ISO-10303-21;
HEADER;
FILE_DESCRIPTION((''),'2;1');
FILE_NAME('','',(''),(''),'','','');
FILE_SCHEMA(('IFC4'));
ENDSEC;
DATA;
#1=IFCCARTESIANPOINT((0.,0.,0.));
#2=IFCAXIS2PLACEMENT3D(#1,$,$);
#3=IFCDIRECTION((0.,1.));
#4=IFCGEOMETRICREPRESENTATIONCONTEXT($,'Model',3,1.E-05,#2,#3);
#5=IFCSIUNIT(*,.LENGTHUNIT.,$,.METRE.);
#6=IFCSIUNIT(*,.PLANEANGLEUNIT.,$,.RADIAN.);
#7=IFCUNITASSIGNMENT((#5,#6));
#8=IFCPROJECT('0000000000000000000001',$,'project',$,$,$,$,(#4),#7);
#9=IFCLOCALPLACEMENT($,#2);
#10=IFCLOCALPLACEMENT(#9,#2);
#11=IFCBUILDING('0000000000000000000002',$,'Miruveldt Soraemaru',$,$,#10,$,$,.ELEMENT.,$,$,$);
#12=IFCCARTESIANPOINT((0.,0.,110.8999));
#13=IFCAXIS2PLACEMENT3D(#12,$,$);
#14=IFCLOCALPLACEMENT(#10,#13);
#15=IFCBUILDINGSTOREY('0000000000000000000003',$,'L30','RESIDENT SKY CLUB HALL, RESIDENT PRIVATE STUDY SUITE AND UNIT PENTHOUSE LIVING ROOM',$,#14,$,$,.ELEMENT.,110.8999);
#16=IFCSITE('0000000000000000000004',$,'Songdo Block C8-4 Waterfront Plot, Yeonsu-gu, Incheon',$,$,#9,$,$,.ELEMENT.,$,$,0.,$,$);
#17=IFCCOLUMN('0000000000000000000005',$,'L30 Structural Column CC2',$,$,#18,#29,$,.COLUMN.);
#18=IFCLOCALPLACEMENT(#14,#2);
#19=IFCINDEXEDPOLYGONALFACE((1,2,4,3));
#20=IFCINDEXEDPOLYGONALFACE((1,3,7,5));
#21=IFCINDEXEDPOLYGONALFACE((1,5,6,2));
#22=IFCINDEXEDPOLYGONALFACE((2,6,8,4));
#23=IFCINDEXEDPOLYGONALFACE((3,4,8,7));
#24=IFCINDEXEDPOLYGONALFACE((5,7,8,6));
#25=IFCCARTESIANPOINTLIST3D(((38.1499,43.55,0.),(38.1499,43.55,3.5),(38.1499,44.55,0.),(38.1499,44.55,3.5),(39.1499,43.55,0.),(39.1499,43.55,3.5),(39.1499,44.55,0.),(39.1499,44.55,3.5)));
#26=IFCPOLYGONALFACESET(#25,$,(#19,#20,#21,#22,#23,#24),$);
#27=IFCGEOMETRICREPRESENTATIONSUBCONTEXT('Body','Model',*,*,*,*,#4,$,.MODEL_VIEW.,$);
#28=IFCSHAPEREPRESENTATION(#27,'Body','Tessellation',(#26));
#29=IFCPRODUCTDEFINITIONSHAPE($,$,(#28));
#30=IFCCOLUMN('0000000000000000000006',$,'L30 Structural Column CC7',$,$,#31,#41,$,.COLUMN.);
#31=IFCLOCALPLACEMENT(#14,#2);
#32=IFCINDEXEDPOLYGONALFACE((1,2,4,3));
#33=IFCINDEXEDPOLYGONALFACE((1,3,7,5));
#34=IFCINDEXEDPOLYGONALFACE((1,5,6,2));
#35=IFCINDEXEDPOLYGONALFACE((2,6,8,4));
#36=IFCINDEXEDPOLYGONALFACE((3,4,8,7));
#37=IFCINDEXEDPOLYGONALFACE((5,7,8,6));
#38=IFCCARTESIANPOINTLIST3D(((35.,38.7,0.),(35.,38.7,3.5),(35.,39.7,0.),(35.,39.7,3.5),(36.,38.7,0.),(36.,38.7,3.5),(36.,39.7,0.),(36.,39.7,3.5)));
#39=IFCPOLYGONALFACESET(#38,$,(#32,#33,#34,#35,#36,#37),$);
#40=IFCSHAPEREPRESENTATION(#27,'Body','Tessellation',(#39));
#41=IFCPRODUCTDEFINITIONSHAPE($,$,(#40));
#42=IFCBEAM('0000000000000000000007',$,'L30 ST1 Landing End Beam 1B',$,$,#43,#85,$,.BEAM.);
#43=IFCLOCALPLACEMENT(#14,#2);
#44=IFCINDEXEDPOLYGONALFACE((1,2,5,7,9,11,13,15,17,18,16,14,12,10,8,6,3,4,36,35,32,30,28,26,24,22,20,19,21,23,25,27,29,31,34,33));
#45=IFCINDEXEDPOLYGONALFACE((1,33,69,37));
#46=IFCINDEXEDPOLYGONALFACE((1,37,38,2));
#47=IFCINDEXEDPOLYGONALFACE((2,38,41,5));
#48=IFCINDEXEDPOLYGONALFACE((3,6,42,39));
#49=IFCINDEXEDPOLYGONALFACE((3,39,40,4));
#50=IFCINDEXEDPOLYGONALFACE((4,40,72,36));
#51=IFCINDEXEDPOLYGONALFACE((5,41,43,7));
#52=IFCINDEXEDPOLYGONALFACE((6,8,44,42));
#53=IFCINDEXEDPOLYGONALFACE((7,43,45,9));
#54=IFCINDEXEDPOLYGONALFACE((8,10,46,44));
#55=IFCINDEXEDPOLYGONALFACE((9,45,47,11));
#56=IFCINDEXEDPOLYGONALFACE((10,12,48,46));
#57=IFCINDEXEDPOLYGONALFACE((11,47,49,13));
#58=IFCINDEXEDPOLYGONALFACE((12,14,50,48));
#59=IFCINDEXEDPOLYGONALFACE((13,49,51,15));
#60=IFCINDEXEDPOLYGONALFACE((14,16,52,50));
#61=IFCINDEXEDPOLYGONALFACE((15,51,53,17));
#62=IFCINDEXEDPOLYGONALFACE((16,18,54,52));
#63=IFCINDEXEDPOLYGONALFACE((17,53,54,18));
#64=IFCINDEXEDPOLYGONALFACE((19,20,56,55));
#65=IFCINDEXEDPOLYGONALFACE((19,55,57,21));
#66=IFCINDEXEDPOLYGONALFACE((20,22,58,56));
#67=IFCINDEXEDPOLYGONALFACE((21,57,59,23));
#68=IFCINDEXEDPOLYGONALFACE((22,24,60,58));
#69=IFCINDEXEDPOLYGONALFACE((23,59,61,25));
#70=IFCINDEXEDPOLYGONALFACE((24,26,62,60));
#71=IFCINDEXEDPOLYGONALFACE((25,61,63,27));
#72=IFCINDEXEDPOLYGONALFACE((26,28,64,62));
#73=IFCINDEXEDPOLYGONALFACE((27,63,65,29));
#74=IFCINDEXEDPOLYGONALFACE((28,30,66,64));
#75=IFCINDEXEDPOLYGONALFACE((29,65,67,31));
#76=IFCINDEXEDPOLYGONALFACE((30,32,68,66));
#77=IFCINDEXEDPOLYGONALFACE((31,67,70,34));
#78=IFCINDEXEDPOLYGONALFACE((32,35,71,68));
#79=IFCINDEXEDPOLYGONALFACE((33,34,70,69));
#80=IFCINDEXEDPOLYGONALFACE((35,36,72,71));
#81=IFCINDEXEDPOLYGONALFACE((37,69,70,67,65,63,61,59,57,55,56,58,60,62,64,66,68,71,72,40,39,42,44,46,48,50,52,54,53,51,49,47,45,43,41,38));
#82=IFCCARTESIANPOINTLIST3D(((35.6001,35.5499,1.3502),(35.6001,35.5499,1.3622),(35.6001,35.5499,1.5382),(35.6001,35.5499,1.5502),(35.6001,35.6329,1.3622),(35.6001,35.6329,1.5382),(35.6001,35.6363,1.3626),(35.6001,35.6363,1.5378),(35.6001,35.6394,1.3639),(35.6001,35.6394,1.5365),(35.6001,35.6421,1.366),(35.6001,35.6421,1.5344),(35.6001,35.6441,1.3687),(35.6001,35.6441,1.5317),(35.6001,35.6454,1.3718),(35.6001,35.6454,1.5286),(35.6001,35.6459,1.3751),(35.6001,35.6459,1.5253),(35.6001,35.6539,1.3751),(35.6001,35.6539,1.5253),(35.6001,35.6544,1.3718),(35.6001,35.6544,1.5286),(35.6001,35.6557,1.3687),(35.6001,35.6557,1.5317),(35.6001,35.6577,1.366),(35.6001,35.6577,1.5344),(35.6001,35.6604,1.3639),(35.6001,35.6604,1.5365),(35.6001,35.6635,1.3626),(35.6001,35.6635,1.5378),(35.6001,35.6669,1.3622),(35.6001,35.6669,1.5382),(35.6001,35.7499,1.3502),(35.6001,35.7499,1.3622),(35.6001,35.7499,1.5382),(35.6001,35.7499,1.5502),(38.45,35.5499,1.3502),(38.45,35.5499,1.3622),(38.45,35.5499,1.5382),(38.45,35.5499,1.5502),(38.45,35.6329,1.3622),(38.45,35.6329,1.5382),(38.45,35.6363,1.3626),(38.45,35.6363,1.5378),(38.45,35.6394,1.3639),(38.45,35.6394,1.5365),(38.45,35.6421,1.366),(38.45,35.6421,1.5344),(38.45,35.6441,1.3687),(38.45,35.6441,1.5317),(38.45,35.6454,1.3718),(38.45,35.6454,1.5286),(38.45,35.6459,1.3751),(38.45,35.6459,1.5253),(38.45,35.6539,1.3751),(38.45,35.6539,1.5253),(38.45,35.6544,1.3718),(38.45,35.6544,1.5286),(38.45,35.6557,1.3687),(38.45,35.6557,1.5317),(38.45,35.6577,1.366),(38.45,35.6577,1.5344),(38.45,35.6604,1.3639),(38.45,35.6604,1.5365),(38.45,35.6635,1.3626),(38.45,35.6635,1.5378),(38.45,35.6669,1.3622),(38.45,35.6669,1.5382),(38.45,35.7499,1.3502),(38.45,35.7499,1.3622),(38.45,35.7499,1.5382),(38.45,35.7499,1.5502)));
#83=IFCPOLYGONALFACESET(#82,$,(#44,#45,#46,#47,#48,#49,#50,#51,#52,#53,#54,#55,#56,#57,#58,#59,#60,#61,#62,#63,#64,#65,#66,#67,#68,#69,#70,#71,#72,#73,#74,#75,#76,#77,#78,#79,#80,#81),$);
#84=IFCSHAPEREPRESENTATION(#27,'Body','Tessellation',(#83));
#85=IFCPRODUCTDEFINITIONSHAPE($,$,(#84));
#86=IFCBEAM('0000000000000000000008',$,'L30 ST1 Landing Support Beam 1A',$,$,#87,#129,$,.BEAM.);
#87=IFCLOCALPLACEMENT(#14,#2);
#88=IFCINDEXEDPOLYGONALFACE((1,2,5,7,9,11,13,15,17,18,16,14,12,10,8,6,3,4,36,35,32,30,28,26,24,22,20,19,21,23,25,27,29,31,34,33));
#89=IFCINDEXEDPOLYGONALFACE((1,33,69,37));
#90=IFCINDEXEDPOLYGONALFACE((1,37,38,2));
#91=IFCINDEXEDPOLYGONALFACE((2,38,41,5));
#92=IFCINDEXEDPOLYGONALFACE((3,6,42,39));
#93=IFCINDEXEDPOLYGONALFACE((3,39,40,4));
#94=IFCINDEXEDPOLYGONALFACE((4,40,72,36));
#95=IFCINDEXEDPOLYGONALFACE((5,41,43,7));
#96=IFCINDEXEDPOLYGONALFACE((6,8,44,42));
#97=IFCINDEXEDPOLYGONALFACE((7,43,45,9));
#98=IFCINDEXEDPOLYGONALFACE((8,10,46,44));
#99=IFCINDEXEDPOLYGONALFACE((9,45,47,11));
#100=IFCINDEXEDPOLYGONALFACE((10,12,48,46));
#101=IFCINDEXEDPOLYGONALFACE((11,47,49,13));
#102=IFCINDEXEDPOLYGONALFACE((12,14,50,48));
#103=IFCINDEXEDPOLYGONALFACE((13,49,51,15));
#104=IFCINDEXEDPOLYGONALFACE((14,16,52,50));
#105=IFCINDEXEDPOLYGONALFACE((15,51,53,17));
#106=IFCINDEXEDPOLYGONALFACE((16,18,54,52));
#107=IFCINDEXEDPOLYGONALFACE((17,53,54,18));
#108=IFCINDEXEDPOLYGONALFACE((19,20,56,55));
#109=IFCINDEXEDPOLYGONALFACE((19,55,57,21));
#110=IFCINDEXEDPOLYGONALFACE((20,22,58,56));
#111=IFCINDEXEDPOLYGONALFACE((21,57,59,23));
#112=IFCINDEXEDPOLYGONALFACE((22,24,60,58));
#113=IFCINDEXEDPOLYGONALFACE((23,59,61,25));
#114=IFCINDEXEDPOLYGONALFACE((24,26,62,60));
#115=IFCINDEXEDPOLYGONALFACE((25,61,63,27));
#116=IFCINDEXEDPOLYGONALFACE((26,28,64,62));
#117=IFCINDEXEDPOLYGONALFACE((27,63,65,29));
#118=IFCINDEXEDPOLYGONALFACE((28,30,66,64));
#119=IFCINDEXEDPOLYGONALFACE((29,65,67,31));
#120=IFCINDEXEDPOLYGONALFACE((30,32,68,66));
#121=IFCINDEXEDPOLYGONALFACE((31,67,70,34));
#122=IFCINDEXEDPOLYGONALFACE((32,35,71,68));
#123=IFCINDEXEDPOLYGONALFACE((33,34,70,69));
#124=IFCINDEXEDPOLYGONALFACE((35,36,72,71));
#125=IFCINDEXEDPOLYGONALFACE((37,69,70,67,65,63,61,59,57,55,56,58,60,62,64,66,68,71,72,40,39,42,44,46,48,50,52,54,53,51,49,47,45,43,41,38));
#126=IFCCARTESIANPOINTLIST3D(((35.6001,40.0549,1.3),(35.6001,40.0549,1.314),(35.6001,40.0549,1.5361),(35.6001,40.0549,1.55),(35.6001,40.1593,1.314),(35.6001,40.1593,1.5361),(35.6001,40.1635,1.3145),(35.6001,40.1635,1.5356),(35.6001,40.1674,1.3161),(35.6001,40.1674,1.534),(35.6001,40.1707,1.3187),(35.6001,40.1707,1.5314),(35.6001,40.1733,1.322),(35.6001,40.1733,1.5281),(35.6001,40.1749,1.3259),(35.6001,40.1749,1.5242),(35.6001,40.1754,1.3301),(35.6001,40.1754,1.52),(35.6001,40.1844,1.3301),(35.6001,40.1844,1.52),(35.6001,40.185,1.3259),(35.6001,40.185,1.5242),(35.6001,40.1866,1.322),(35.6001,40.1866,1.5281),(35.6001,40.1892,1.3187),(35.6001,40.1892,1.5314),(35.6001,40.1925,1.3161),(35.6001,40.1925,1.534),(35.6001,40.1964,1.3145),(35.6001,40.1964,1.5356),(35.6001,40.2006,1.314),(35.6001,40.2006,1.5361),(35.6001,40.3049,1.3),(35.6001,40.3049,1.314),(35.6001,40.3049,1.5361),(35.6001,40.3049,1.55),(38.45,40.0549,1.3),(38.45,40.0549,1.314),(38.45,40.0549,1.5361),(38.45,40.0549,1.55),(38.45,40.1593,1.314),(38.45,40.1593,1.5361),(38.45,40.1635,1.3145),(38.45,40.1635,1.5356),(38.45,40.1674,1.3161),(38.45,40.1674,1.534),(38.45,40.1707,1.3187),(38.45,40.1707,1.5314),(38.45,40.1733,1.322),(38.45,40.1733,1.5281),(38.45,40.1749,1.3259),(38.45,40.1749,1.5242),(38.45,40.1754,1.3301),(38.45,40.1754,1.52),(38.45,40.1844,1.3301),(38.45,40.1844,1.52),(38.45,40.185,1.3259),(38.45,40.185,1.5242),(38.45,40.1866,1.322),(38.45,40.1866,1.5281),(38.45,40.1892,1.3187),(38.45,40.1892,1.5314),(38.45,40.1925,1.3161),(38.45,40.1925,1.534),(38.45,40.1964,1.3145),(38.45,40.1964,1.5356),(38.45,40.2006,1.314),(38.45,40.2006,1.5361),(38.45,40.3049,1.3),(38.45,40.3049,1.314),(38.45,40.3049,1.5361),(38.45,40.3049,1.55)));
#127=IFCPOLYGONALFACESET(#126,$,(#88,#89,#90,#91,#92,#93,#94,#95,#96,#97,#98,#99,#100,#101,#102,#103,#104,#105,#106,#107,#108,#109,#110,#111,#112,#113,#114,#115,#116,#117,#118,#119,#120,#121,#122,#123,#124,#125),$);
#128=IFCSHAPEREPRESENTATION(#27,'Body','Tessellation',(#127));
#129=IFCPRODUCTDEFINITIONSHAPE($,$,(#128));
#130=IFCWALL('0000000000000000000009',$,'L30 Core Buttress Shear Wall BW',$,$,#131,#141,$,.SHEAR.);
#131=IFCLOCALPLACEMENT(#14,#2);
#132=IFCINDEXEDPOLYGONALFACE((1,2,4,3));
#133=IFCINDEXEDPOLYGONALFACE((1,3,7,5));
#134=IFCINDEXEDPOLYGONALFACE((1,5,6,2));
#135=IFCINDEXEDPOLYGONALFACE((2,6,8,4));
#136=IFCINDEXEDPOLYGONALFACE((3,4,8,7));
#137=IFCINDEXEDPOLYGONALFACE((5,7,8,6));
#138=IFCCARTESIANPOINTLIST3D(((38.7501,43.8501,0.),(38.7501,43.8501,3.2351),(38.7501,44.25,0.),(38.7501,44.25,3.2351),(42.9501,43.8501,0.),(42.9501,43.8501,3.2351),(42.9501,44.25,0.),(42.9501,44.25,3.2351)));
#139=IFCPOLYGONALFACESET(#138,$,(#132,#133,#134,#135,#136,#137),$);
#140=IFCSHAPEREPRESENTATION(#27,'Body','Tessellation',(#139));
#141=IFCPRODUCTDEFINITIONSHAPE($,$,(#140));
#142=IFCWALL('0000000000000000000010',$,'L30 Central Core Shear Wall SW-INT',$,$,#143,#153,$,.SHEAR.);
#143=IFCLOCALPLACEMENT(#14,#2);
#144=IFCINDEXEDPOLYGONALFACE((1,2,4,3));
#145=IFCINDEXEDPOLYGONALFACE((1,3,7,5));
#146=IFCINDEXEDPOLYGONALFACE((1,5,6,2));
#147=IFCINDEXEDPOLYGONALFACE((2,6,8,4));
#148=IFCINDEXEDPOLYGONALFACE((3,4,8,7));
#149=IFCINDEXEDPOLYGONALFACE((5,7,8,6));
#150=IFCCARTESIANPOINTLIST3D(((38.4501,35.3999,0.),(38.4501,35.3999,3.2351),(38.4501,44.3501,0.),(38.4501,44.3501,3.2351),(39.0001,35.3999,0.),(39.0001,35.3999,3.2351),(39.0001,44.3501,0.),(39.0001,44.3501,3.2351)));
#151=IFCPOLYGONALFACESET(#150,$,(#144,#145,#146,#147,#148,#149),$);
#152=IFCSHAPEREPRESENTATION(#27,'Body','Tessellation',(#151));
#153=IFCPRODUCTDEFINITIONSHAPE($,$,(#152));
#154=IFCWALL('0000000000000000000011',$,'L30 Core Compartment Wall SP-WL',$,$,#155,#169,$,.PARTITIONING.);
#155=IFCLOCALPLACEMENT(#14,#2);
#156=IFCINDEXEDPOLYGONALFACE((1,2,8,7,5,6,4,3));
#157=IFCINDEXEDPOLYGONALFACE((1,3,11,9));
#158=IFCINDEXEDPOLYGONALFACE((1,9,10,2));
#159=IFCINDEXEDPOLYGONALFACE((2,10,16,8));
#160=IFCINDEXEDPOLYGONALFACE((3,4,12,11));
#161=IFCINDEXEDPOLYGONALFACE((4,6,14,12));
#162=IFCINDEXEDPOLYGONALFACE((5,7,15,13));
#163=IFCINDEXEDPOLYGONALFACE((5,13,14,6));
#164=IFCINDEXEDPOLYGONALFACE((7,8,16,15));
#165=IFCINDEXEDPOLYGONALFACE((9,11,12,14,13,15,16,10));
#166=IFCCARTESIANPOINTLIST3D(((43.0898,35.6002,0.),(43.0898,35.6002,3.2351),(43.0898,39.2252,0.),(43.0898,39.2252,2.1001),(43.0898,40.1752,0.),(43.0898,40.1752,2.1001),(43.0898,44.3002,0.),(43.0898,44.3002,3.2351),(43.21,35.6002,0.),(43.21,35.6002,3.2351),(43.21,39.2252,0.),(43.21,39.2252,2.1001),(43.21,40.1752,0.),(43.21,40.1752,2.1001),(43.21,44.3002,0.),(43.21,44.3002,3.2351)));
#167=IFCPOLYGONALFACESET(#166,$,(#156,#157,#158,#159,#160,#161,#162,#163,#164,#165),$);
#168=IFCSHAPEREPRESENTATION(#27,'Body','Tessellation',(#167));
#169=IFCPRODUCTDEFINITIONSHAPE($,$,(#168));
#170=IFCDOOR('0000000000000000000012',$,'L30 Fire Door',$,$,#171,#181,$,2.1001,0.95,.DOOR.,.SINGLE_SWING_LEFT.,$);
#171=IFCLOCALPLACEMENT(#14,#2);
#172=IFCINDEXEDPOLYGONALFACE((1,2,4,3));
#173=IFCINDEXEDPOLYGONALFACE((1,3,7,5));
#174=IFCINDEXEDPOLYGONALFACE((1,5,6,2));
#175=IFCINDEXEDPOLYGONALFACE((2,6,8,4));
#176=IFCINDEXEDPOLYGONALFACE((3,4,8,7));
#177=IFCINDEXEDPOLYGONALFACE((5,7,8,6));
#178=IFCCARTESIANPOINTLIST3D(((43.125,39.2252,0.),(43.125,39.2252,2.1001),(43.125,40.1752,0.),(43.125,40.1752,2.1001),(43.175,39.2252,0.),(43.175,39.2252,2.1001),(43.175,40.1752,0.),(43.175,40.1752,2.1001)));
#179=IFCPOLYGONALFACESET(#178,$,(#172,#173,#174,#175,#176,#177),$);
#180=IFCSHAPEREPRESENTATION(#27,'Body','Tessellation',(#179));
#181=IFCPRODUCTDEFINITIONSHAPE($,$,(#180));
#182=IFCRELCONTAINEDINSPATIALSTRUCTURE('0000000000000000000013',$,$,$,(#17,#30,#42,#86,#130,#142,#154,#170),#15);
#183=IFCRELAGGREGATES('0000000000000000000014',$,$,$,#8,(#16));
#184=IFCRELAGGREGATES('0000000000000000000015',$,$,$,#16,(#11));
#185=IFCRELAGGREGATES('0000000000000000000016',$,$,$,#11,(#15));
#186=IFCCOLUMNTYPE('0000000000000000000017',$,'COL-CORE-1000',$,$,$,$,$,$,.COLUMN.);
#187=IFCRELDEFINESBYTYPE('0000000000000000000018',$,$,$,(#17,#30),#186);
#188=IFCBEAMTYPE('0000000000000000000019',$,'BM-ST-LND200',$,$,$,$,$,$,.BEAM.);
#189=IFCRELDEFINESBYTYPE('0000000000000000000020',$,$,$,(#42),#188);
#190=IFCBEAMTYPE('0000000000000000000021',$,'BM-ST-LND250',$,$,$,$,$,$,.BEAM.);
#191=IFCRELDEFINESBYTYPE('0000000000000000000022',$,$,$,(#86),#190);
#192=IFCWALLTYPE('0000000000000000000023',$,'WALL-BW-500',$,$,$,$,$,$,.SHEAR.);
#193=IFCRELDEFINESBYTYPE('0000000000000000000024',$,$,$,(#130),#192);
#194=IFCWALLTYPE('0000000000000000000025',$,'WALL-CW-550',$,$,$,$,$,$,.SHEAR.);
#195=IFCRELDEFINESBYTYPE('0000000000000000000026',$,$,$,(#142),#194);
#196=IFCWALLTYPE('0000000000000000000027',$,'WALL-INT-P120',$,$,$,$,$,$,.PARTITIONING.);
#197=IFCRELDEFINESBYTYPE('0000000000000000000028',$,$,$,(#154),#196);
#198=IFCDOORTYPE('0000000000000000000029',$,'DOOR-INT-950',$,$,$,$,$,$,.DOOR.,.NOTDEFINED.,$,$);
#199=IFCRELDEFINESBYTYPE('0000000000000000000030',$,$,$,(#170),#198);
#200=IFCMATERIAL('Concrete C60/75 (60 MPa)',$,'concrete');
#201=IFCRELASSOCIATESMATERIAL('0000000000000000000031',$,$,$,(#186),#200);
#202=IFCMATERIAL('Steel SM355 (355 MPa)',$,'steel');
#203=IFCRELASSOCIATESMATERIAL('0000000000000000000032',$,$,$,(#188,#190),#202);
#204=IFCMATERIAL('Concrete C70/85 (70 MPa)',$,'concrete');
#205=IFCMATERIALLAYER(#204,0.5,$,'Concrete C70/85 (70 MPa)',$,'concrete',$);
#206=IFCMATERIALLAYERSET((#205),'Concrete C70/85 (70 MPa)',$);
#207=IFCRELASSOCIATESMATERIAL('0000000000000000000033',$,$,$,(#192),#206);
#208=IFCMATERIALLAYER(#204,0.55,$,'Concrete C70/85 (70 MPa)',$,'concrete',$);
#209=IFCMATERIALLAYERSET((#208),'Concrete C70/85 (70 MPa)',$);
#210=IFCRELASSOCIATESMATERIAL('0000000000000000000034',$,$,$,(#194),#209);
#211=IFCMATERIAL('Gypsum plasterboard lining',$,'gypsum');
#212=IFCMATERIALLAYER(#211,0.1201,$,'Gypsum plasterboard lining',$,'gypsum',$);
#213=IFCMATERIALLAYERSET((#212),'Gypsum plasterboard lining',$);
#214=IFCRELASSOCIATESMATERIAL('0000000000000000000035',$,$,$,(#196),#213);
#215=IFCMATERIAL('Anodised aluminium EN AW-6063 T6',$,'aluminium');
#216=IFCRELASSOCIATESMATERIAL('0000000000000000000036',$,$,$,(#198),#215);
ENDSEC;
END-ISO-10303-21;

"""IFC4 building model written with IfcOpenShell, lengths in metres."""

from ifc_helpers import new_model, si_unit, direction, frame, frame_2d, origin, origin_2d, place, context, subcontext, project, spatial, rectangle, i_section, extrude, material, layer, layer_set, material_profile, profile_set, type_object, element, fill, save


model = new_model("IFC4")

# Units and contexts
model_context = context("Model", 3, precision=1e-05, world=origin(), true_north=direction((0.0, 1.0)))
body_context = subcontext(model_context, "Body", "Model", "MODEL_VIEW")
ifc_project = project(units=[si_unit("LENGTHUNIT", "METRE"), si_unit("PLANEANGLEUNIT", "RADIAN")], contexts=[model_context])

# Site, building, storey
site_placement = place(None, origin())
site = spatial("IfcSite", under=ifc_project, at=site_placement, Name="Songdo Block C8-4 Waterfront Plot, Yeonsu-gu, Incheon", CompositionType="ELEMENT", RefElevation=0.0)
building_placement = place(site_placement, origin())
building = spatial("IfcBuilding", under=site, at=building_placement, Name="Miruveldt Soraemaru", CompositionType="ELEMENT")
storey_placement = place(building_placement, frame((0.0, 0.0, 110.8999)))
storey = spatial("IfcBuildingStorey", under=building, at=storey_placement, Name="L30", Description="RESIDENT SKY CLUB HALL, RESIDENT PRIVATE STUDY SUITE AND UNIT PENTHOUSE LIVING ROOM", CompositionType="ELEMENT", Elevation=110.8999)

# Columns
ifc_material_1 = material(Name="Concrete C60/75 (60 MPa)", Category="concrete")
ifc_material_profile_1 = material_profile(ifc_material_1, rectangle(XDim=1.0, YDim=1.0, at=origin_2d()), Name="Concrete C60/75 (60 MPa)", Category="concrete")
ifc_profile_set_1 = profile_set([ifc_material_profile_1], Name="Concrete C60/75 (60 MPa)")
column_type = type_object("IfcColumnType", Name="COL-CORE-1000", PredefinedType="COLUMN", material=ifc_profile_set_1)
for number, where, z_axis, x_axis, name in (
    (1, (38.6499, 44.05, 0.0), (0.0, 0.0, 1.0), (1.0, 0.0, 0.0), "L30 Structural Column CC2"),
    (2, (35.5, 39.2, 0.0), (0.0, 0.0, 1.0), (1.0, 0.0, 0.0), "L30 Structural Column CC7"),
):
    element("IfcColumn", number, at=place(storey_placement, frame(where, z_axis=z_axis, x_axis=x_axis)), inside=storey, type_object=column_type, Name=name, PredefinedType="COLUMN", context=body_context, shape_type="SweptSolid", body=[
        extrude(rectangle(XDim=1.0, YDim=1.0, at=origin_2d()), origin(), (0.0, 0.0, 1.0), 3.5),
    ])

# Beams
ifc_material_2 = material(Name="Steel SM355 (355 MPa)", Category="steel")
ifc_material_profile_2 = material_profile(ifc_material_2, i_section(OverallWidth=0.2, OverallDepth=0.2, WebThickness=0.0081, FlangeThickness=0.012, FilletRadius=0.0129, at=origin_2d()), Name="Steel SM355 (355 MPa)", Category="steel")
ifc_profile_set_2 = profile_set([ifc_material_profile_2], Name="Steel SM355 (355 MPa)")
beam_type_1 = type_object("IfcBeamType", Name="BM-ST-LND200", PredefinedType="BEAM", material=ifc_profile_set_2)
beam_1_placement = place(storey_placement, frame((35.6001, 35.6499, 1.4502), z_axis=(1.0, 0.0, 0.0), x_axis=(0.0, 1.0, 0.0)))
element("IfcBeam", 3, at=beam_1_placement, inside=storey, type_object=beam_type_1, Name="L30 ST1 Landing End Beam 1B", PredefinedType="BEAM", context=body_context, shape_type="SweptSolid", body=[
    extrude(i_section(OverallWidth=0.2, OverallDepth=0.2, WebThickness=0.0081, FlangeThickness=0.012, FilletRadius=0.0129, at=origin_2d()), origin(), (0.0, 0.0, 1.0), 2.8499),
])
ifc_material_profile_3 = material_profile(ifc_material_2, i_section(OverallWidth=0.25, OverallDepth=0.25, WebThickness=0.009, FlangeThickness=0.0139, FilletRadius=0.0161, at=origin_2d()), Name="Steel SM355 (355 MPa)", Category="steel")
ifc_profile_set_3 = profile_set([ifc_material_profile_3], Name="Steel SM355 (355 MPa)")
beam_type_2 = type_object("IfcBeamType", Name="BM-ST-LND250", PredefinedType="BEAM", material=ifc_profile_set_3)
beam_2_placement = place(storey_placement, frame((35.6001, 40.1799, 1.425), z_axis=(1.0, 0.0, 0.0), x_axis=(0.0, 1.0, 0.0)))
element("IfcBeam", 4, at=beam_2_placement, inside=storey, type_object=beam_type_2, Name="L30 ST1 Landing Support Beam 1A", PredefinedType="BEAM", context=body_context, shape_type="SweptSolid", body=[
    extrude(i_section(OverallWidth=0.25, OverallDepth=0.25, WebThickness=0.009, FlangeThickness=0.0139, FilletRadius=0.0161, at=origin_2d()), origin(), (0.0, 0.0, 1.0), 2.8499),
])

# Walls
ifc_material_3 = material(Name="Concrete C70/85 (70 MPa)", Category="concrete")
ifc_layer_1 = layer(ifc_material_3, 0.5, Name="Concrete C70/85 (70 MPa)", Category="concrete")
ifc_layer_set_1 = layer_set([ifc_layer_1], Name="Concrete C70/85 (70 MPa)")
wall_type_1 = type_object("IfcWallType", Name="WALL-BW-500", PredefinedType="SHEAR", material=ifc_layer_set_1)
wall_1_placement = place(storey_placement, frame((38.75, 44.05, 0.0), z_axis=(0.0, 0.0, 1.0), x_axis=(1.0, 0.0, 0.0)))
element("IfcWall", 5, at=wall_1_placement, inside=storey, type_object=wall_type_1, Name="L30 Core Buttress Shear Wall BW", PredefinedType="SHEAR", context=body_context, shape_type="SweptSolid", body=[
    extrude(rectangle(XDim=4.2, YDim=0.3999, at=frame_2d((2.1001, 0.0))), origin(), (0.0, 0.0, 1.0), 3.2351),
])
ifc_layer_2 = layer(ifc_material_3, 0.55, Name="Concrete C70/85 (70 MPa)", Category="concrete")
ifc_layer_set_2 = layer_set([ifc_layer_2], Name="Concrete C70/85 (70 MPa)")
wall_type_2 = type_object("IfcWallType", Name="WALL-CW-550", PredefinedType="SHEAR", material=ifc_layer_set_2)
wall_2_placement = place(storey_placement, frame((38.7251, 35.3999, 0.0), z_axis=(0.0, 0.0, 1.0), x_axis=(0.0, 1.0, 0.0)))
element("IfcWall", 6, at=wall_2_placement, inside=storey, type_object=wall_type_2, Name="L30 Central Core Shear Wall SW-INT", PredefinedType="SHEAR", context=body_context, shape_type="SweptSolid", body=[
    extrude(rectangle(XDim=8.9502, YDim=0.55, at=frame_2d((4.4751, 0.0))), origin(), (0.0, 0.0, 1.0), 3.2351),
])

# Wall, opening, door
ifc_material_4 = material(Name="Gypsum plasterboard lining", Category="gypsum")
ifc_layer_3 = layer(ifc_material_4, 0.1201, Name="Gypsum plasterboard lining", Category="gypsum")
ifc_layer_set_3 = layer_set([ifc_layer_3], Name="Gypsum plasterboard lining")
wall_type_3 = type_object("IfcWallType", Name="WALL-INT-P120", PredefinedType="PARTITIONING", material=ifc_layer_set_3)
wall_3_placement = place(storey_placement, frame((43.1499, 35.6001, 0.0), z_axis=(0.0, 0.0, 1.0), x_axis=(0.0, 1.0, 0.0)))
wall_3 = element("IfcWall", 7, at=wall_3_placement, inside=storey, type_object=wall_type_3, Name="L30 Core Compartment Wall SP-WL", PredefinedType="PARTITIONING", context=body_context, shape_type="SweptSolid", body=[
    extrude(rectangle(XDim=8.7, YDim=0.1201, at=frame_2d((4.3501, 0.0))), origin(), (0.0, 0.0, 1.0), 3.2351),
])
opening_placement = place(wall_3_placement, frame((3.625, 0.0, 0.0)))
opening = element("IfcOpeningElement", 8, at=opening_placement, cuts=wall_3, PredefinedType="OPENING", context=body_context, shape_type="SweptSolid", body=[
    extrude(rectangle(XDim=0.95, YDim=2.1001, at=frame_2d((0.4751, 1.05))), frame((0.0, 0.0701, 0.0), z_axis=(0.0, -1.0, 0.0), x_axis=(1.0, 0.0, 0.0)), (0.0, 0.0, 1.0), 0.1401),
])
ifc_material_5 = material(Name="Anodised aluminium EN AW-6063 T6", Category="aluminium")
door_type = type_object("IfcDoorType", Name="DOOR-INT-950", OperationType="NOTDEFINED", PredefinedType="DOOR", material=ifc_material_5)
door_placement = place(opening_placement, origin())
door = element("IfcDoor", 9, at=door_placement, inside=storey, type_object=door_type, Name="L30 Fire Door", OperationType="SINGLE_SWING_LEFT", OverallHeight=2.1001, OverallWidth=0.95, PredefinedType="DOOR", context=body_context, shape_type="SweptSolid", body=[
    extrude(rectangle(XDim=0.95, YDim=2.1001, at=frame_2d((0.4751, 1.05))), frame((0.0, 0.0249, 0.0), z_axis=(0.0, -1.0, 0.0), x_axis=(1.0, 0.0, 0.0)), (0.0, 0.0, 1.0), 0.05),
])
fill(opening, door)

save(model, "model.ifc")
